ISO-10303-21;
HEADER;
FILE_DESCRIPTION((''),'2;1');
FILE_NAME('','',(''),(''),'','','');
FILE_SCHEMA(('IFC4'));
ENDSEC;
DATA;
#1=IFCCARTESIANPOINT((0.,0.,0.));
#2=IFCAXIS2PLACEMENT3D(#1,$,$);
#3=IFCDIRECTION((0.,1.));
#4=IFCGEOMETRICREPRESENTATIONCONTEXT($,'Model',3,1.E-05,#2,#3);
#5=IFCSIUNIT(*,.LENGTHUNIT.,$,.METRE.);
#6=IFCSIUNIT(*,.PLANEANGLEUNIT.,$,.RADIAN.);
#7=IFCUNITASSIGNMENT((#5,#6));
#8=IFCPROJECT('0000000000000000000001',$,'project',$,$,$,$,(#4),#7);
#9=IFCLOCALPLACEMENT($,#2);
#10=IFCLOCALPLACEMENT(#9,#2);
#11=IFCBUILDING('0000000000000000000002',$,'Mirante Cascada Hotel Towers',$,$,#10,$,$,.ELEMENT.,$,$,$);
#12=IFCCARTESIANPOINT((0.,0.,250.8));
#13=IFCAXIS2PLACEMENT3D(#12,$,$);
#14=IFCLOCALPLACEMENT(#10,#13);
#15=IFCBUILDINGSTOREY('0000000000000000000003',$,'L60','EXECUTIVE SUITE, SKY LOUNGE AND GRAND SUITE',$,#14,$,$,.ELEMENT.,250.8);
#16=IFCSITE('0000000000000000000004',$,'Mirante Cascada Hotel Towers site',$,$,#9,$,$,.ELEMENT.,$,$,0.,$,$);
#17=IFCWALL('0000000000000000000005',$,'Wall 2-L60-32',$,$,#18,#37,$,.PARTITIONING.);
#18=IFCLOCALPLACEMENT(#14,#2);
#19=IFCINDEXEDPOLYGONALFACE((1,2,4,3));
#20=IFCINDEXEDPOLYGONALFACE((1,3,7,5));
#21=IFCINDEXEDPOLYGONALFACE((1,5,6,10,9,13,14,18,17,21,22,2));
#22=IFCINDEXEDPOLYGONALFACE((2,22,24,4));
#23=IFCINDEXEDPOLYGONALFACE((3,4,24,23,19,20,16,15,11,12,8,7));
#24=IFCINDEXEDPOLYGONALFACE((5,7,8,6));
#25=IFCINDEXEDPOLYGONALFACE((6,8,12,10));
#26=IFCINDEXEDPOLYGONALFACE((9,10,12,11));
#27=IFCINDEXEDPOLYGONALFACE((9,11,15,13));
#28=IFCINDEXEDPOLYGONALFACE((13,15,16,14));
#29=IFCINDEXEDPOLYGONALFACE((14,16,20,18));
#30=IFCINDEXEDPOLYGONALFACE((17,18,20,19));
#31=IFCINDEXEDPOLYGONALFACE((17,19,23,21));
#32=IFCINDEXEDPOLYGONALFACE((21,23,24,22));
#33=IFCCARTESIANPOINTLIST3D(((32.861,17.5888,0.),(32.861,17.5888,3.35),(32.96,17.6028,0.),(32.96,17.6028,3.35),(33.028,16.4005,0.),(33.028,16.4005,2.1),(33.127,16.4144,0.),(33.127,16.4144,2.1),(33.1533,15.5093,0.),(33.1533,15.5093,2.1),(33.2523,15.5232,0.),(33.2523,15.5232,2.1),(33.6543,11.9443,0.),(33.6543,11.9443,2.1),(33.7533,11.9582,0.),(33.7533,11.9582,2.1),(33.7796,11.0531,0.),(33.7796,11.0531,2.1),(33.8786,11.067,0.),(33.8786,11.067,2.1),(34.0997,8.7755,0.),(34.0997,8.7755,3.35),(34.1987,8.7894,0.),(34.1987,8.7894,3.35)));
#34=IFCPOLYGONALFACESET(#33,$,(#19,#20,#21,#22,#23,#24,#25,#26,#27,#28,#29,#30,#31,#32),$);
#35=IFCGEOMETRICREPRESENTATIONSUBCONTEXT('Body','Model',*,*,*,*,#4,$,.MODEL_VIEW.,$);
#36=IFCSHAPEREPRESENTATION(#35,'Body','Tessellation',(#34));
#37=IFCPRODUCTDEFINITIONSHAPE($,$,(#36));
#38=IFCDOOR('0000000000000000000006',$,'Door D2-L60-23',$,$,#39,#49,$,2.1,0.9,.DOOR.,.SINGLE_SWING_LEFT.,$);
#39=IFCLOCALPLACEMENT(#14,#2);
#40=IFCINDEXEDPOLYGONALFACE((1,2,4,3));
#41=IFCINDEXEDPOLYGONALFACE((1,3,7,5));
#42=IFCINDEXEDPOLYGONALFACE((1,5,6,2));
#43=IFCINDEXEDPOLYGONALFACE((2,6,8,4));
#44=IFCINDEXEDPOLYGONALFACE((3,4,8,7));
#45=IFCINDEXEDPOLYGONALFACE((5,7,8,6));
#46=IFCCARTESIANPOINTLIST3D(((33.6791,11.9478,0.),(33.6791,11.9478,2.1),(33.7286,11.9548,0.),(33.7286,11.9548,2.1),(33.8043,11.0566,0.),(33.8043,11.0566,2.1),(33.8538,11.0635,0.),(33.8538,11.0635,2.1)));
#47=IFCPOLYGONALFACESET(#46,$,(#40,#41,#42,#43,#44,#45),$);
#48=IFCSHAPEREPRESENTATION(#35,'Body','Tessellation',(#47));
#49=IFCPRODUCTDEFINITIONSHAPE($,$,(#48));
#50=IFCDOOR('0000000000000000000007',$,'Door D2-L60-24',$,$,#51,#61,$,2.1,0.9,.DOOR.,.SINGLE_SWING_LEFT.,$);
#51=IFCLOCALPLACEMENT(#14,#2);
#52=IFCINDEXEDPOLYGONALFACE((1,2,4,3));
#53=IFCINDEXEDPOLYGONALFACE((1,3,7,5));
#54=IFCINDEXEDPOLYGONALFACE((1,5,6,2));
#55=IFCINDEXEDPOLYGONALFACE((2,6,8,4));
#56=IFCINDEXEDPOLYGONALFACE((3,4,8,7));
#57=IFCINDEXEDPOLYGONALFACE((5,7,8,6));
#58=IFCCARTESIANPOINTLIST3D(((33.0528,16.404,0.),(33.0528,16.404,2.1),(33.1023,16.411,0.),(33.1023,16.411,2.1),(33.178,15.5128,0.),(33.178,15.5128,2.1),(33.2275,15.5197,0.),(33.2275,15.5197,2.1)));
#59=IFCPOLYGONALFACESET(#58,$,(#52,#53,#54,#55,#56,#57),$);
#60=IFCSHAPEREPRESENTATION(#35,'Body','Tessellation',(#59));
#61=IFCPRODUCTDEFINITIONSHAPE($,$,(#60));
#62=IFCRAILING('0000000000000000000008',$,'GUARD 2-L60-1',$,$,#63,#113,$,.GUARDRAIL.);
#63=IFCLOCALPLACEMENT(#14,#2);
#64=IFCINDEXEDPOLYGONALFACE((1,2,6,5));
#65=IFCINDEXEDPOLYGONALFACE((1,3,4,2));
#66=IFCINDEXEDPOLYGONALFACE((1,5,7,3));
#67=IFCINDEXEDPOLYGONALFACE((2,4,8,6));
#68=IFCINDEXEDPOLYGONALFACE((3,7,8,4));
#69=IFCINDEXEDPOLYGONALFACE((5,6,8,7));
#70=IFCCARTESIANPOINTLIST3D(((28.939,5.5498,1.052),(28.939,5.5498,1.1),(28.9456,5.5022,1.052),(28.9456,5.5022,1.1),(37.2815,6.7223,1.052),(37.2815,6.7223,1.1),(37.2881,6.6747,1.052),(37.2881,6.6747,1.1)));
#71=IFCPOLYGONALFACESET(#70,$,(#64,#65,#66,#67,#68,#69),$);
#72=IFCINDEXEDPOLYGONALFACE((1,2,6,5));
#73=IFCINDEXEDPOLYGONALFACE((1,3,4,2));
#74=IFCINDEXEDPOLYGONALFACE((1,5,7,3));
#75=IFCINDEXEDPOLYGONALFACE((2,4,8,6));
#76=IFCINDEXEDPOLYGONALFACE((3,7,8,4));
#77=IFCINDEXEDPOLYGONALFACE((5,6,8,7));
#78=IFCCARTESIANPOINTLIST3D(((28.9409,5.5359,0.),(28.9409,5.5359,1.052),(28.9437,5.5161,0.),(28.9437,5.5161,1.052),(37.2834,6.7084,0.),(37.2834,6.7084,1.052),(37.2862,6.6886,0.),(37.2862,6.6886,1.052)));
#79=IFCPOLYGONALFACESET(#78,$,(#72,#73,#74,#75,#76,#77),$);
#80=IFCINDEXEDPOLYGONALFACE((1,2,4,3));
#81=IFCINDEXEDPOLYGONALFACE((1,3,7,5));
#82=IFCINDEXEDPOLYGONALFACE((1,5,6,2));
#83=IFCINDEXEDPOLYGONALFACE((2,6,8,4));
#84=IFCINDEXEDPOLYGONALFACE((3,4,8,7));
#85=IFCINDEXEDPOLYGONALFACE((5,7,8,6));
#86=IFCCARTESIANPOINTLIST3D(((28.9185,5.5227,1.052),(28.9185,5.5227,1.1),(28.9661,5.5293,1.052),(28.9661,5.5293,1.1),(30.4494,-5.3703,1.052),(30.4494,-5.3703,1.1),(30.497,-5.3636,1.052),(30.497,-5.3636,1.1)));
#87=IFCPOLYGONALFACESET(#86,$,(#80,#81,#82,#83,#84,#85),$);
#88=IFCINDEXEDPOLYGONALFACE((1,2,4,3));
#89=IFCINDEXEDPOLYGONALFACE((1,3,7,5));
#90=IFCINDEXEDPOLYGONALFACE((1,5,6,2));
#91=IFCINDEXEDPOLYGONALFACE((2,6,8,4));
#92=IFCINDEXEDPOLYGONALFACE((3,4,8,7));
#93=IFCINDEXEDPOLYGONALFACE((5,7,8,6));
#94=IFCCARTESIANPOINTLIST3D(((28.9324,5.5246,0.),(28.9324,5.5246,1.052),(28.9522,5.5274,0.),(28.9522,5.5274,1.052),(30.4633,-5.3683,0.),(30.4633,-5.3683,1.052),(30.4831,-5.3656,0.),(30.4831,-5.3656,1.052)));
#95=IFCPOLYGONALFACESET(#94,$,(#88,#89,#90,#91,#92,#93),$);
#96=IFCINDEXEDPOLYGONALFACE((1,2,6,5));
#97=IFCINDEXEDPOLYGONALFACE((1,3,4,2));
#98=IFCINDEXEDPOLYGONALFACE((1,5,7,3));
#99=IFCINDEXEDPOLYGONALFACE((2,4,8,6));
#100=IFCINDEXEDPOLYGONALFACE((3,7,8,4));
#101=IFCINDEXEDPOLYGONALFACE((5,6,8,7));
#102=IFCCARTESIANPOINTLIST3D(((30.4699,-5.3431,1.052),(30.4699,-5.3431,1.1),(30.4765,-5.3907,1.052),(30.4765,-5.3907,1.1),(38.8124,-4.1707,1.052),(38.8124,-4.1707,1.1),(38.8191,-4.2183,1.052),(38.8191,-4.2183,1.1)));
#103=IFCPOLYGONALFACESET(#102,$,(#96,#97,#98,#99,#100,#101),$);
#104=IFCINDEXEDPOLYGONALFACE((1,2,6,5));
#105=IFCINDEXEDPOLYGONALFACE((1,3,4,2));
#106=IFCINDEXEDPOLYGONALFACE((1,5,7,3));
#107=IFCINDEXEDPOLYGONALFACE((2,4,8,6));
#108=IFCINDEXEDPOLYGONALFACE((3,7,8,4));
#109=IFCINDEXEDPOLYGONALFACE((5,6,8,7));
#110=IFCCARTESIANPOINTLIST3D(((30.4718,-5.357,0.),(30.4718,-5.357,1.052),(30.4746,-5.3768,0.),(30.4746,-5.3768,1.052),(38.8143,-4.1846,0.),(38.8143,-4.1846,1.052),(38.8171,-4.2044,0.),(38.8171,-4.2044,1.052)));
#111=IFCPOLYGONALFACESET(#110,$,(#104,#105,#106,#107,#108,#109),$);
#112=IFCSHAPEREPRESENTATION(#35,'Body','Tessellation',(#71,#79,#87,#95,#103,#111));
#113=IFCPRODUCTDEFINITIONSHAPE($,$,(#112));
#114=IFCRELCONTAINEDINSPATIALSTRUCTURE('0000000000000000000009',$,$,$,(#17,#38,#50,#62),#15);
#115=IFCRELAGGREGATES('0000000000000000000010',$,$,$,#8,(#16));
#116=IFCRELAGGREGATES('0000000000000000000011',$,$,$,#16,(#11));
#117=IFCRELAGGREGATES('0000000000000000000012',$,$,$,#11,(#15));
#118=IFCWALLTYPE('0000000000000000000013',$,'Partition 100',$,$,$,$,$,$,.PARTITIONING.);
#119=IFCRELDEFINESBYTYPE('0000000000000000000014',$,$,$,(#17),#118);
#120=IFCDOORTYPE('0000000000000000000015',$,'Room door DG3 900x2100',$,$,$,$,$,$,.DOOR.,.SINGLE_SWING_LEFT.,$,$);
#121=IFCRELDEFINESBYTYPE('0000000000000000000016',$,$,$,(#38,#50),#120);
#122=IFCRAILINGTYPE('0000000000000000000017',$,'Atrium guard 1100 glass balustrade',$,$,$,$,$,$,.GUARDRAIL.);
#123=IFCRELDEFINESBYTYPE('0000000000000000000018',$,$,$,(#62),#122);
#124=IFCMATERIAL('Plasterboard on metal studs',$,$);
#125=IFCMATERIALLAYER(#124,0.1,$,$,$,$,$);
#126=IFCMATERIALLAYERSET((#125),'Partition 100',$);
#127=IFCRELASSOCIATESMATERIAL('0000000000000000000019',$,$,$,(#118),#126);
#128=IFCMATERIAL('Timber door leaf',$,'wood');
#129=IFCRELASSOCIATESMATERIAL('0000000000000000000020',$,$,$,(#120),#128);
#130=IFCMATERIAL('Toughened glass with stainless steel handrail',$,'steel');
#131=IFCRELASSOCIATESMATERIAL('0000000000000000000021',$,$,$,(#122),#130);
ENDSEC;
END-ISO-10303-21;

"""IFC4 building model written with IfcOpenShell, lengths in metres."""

from ifc_helpers import new_model, si_unit, direction, frame, frame_2d, origin, origin_2d, place, context, subcontext, project, spatial, rectangle, extrude, material, layer, layer_set, type_object, element, fill, save


model = new_model("IFC4")

# Units and contexts
model_context = context("Model", 3, precision=1e-05, world=origin(), true_north=direction((0.0, 1.0)))
body_context = subcontext(model_context, "Body", "Model", "MODEL_VIEW")
ifc_project = project(units=[si_unit("LENGTHUNIT", "METRE"), si_unit("PLANEANGLEUNIT", "RADIAN")], contexts=[model_context])

# Site, building, storey
site_placement = place(None, origin())
site = spatial("IfcSite", under=ifc_project, at=site_placement, Name="Mirante Cascada Hotel Towers site", CompositionType="ELEMENT", RefElevation=0.0)
building_placement = place(site_placement, origin())
building = spatial("IfcBuilding", under=site, at=building_placement, Name="Mirante Cascada Hotel Towers", CompositionType="ELEMENT")
storey_placement = place(building_placement, frame((0.0, 0.0, 250.8)))
storey = spatial("IfcBuildingStorey", under=building, at=storey_placement, Name="L60", Description="EXECUTIVE SUITE, SKY LOUNGE AND GRAND SUITE", CompositionType="ELEMENT", Elevation=250.8)

# Shared definitions
ifc_material_1 = material(Name="Plasterboard on metal studs")
ifc_layer_1 = layer(ifc_material_1, 0.1)
ifc_layer_set_1 = layer_set([ifc_layer_1], Name="Partition 100")
wall_type = type_object("IfcWallType", Name="Partition 100", PredefinedType="PARTITIONING", material=ifc_layer_set_1)

# Wall, openings, doors
wall_1_placement = place(storey_placement, frame((32.9105, 17.5958, 0.0), z_axis=(0.0, 0.0, 1.0), x_axis=(0.139179, -0.990267, 0.0)))
wall_1 = element("IfcWall", 1, at=wall_1_placement, inside=storey, type_object=wall_type, Name="Wall 2-L60-32", PredefinedType="PARTITIONING", context=body_context, shape_type="SweptSolid", body=[
    extrude(rectangle(XDim=8.9, YDim=0.1, at=frame_2d((4.45, 0.0))), origin(), (0.0, 0.0, 1.0), 3.35),
])
opening_1_placement = place(wall_1_placement, frame((5.7, 0.0, 0.0)))
opening_1 = element("IfcOpeningElement", 2, at=opening_1_placement, cuts=wall_1, PredefinedType="OPENING", context=body_context, shape_type="SweptSolid", body=[
    extrude(rectangle(XDim=0.9, YDim=2.1, at=frame_2d((0.45, 1.05))), frame((0.0, 0.05, 0.0), z_axis=(0.0, -1.0, 0.0), x_axis=(1.0, 0.0, 0.0)), (0.0, 0.0, 1.0), 0.1),
])
opening_2_placement = place(wall_1_placement, frame((1.2, 0.0, 0.0)))
opening_2 = element("IfcOpeningElement", 3, at=opening_2_placement, cuts=wall_1, PredefinedType="OPENING", context=body_context, shape_type="SweptSolid", body=[
    extrude(rectangle(XDim=0.9, YDim=2.1, at=frame_2d((0.45, 1.05))), frame((0.0, 0.05, 0.0), z_axis=(0.0, -1.0, 0.0), x_axis=(1.0, 0.0, 0.0)), (0.0, 0.0, 1.0), 0.1),
])
ifc_material_2 = material(Name="Timber door leaf", Category="wood")
door_type_1 = type_object("IfcDoorType", Name="Room door DG3 900x2100", OperationType="SINGLE_SWING_LEFT", PredefinedType="DOOR", material=ifc_material_2)
door_1_placement = place(opening_1_placement, origin())
door_1 = element("IfcDoor", 4, at=door_1_placement, inside=storey, type_object=door_type_1, Name="Door D2-L60-23", OperationType="SINGLE_SWING_LEFT", OverallHeight=2.1, OverallWidth=0.9, PredefinedType="DOOR", context=body_context, shape_type="SweptSolid", body=[
    extrude(rectangle(XDim=0.9, YDim=2.1, at=frame_2d((0.45, 1.05))), frame((0.0, 0.025, 0.0), z_axis=(0.0, -1.0, 0.0), x_axis=(1.0, 0.0, 0.0)), (0.0, 0.0, 1.0), 0.05),
])
fill(opening_1, door_1)
door_2_placement = place(opening_2_placement, origin())
door_2 = element("IfcDoor", 5, at=door_2_placement, inside=storey, type_object=door_type_1, Name="Door D2-L60-24", OperationType="SINGLE_SWING_LEFT", OverallHeight=2.1, OverallWidth=0.9, PredefinedType="DOOR", context=body_context, shape_type="SweptSolid", body=[
    extrude(rectangle(XDim=0.9, YDim=2.1, at=frame_2d((0.45, 1.05))), frame((0.0, 0.025, 0.0), z_axis=(0.0, -1.0, 0.0), x_axis=(1.0, 0.0, 0.0)), (0.0, 0.0, 1.0), 0.05),
])
fill(opening_2, door_2)

# Railing
ifc_material_3 = material(Name="Toughened glass with stainless steel handrail", Category="steel")
railing_type = type_object("IfcRailingType", Name="Atrium guard 1100 glass balustrade", PredefinedType="GUARDRAIL", material=ifc_material_3)
railing_placement = place(storey_placement, frame((37.2848, 6.6985, 0.0)))
element("IfcRailing", 6, at=railing_placement, inside=storey, type_object=railing_type, Name="GUARD 2-L60-1", PredefinedType="GUARDRAIL", context=body_context, shape_type="SweptSolid", body=[
    extrude(rectangle(XDim=0.048, YDim=0.048, at=origin_2d()), frame((0.0, 0.0, 1.076), z_axis=(-0.990267, -0.139178, 0.0), x_axis=(0.139178, -0.990267, 0.0)), (0.0, 0.0, 1.0), 8.4245),
    extrude(rectangle(XDim=0.02, YDim=1.052, at=origin_2d()), frame((0.0, 0.0, 0.526), z_axis=(-0.990267, -0.139178, 0.0), x_axis=(0.139178, -0.990267, 0.0)), (0.0, 0.0, 1.0), 8.4245),
    extrude(rectangle(XDim=0.048, YDim=0.048, at=origin_2d()), frame((-8.3425, -1.1725, 1.076), z_axis=(0.139173, -0.990268, 0.0), x_axis=(0.990268, 0.139173, 0.0)), (0.0, 0.0, 1.0), 11.0),
    extrude(rectangle(XDim=0.02, YDim=1.052, at=origin_2d()), frame((-8.3425, -1.1725, 0.526), z_axis=(0.139173, -0.990268, 0.0), x_axis=(0.990268, 0.139173, 0.0)), (0.0, 0.0, 1.0), 11.0),
    extrude(rectangle(XDim=0.048, YDim=0.048, at=origin_2d()), frame((-6.8116, -12.0654, 1.076), z_axis=(0.990269, 0.139166, 0.0), x_axis=(-0.139166, 0.990269, 0.0)), (0.0, 0.0, 1.0), 8.4245),
    extrude(rectangle(XDim=0.02, YDim=1.052, at=origin_2d()), frame((-6.8116, -12.0654, 0.526), z_axis=(0.990269, 0.139166, 0.0), x_axis=(-0.139166, 0.990269, 0.0)), (0.0, 0.0, 1.0), 8.4245),
])

save(model, "model.ifc")
